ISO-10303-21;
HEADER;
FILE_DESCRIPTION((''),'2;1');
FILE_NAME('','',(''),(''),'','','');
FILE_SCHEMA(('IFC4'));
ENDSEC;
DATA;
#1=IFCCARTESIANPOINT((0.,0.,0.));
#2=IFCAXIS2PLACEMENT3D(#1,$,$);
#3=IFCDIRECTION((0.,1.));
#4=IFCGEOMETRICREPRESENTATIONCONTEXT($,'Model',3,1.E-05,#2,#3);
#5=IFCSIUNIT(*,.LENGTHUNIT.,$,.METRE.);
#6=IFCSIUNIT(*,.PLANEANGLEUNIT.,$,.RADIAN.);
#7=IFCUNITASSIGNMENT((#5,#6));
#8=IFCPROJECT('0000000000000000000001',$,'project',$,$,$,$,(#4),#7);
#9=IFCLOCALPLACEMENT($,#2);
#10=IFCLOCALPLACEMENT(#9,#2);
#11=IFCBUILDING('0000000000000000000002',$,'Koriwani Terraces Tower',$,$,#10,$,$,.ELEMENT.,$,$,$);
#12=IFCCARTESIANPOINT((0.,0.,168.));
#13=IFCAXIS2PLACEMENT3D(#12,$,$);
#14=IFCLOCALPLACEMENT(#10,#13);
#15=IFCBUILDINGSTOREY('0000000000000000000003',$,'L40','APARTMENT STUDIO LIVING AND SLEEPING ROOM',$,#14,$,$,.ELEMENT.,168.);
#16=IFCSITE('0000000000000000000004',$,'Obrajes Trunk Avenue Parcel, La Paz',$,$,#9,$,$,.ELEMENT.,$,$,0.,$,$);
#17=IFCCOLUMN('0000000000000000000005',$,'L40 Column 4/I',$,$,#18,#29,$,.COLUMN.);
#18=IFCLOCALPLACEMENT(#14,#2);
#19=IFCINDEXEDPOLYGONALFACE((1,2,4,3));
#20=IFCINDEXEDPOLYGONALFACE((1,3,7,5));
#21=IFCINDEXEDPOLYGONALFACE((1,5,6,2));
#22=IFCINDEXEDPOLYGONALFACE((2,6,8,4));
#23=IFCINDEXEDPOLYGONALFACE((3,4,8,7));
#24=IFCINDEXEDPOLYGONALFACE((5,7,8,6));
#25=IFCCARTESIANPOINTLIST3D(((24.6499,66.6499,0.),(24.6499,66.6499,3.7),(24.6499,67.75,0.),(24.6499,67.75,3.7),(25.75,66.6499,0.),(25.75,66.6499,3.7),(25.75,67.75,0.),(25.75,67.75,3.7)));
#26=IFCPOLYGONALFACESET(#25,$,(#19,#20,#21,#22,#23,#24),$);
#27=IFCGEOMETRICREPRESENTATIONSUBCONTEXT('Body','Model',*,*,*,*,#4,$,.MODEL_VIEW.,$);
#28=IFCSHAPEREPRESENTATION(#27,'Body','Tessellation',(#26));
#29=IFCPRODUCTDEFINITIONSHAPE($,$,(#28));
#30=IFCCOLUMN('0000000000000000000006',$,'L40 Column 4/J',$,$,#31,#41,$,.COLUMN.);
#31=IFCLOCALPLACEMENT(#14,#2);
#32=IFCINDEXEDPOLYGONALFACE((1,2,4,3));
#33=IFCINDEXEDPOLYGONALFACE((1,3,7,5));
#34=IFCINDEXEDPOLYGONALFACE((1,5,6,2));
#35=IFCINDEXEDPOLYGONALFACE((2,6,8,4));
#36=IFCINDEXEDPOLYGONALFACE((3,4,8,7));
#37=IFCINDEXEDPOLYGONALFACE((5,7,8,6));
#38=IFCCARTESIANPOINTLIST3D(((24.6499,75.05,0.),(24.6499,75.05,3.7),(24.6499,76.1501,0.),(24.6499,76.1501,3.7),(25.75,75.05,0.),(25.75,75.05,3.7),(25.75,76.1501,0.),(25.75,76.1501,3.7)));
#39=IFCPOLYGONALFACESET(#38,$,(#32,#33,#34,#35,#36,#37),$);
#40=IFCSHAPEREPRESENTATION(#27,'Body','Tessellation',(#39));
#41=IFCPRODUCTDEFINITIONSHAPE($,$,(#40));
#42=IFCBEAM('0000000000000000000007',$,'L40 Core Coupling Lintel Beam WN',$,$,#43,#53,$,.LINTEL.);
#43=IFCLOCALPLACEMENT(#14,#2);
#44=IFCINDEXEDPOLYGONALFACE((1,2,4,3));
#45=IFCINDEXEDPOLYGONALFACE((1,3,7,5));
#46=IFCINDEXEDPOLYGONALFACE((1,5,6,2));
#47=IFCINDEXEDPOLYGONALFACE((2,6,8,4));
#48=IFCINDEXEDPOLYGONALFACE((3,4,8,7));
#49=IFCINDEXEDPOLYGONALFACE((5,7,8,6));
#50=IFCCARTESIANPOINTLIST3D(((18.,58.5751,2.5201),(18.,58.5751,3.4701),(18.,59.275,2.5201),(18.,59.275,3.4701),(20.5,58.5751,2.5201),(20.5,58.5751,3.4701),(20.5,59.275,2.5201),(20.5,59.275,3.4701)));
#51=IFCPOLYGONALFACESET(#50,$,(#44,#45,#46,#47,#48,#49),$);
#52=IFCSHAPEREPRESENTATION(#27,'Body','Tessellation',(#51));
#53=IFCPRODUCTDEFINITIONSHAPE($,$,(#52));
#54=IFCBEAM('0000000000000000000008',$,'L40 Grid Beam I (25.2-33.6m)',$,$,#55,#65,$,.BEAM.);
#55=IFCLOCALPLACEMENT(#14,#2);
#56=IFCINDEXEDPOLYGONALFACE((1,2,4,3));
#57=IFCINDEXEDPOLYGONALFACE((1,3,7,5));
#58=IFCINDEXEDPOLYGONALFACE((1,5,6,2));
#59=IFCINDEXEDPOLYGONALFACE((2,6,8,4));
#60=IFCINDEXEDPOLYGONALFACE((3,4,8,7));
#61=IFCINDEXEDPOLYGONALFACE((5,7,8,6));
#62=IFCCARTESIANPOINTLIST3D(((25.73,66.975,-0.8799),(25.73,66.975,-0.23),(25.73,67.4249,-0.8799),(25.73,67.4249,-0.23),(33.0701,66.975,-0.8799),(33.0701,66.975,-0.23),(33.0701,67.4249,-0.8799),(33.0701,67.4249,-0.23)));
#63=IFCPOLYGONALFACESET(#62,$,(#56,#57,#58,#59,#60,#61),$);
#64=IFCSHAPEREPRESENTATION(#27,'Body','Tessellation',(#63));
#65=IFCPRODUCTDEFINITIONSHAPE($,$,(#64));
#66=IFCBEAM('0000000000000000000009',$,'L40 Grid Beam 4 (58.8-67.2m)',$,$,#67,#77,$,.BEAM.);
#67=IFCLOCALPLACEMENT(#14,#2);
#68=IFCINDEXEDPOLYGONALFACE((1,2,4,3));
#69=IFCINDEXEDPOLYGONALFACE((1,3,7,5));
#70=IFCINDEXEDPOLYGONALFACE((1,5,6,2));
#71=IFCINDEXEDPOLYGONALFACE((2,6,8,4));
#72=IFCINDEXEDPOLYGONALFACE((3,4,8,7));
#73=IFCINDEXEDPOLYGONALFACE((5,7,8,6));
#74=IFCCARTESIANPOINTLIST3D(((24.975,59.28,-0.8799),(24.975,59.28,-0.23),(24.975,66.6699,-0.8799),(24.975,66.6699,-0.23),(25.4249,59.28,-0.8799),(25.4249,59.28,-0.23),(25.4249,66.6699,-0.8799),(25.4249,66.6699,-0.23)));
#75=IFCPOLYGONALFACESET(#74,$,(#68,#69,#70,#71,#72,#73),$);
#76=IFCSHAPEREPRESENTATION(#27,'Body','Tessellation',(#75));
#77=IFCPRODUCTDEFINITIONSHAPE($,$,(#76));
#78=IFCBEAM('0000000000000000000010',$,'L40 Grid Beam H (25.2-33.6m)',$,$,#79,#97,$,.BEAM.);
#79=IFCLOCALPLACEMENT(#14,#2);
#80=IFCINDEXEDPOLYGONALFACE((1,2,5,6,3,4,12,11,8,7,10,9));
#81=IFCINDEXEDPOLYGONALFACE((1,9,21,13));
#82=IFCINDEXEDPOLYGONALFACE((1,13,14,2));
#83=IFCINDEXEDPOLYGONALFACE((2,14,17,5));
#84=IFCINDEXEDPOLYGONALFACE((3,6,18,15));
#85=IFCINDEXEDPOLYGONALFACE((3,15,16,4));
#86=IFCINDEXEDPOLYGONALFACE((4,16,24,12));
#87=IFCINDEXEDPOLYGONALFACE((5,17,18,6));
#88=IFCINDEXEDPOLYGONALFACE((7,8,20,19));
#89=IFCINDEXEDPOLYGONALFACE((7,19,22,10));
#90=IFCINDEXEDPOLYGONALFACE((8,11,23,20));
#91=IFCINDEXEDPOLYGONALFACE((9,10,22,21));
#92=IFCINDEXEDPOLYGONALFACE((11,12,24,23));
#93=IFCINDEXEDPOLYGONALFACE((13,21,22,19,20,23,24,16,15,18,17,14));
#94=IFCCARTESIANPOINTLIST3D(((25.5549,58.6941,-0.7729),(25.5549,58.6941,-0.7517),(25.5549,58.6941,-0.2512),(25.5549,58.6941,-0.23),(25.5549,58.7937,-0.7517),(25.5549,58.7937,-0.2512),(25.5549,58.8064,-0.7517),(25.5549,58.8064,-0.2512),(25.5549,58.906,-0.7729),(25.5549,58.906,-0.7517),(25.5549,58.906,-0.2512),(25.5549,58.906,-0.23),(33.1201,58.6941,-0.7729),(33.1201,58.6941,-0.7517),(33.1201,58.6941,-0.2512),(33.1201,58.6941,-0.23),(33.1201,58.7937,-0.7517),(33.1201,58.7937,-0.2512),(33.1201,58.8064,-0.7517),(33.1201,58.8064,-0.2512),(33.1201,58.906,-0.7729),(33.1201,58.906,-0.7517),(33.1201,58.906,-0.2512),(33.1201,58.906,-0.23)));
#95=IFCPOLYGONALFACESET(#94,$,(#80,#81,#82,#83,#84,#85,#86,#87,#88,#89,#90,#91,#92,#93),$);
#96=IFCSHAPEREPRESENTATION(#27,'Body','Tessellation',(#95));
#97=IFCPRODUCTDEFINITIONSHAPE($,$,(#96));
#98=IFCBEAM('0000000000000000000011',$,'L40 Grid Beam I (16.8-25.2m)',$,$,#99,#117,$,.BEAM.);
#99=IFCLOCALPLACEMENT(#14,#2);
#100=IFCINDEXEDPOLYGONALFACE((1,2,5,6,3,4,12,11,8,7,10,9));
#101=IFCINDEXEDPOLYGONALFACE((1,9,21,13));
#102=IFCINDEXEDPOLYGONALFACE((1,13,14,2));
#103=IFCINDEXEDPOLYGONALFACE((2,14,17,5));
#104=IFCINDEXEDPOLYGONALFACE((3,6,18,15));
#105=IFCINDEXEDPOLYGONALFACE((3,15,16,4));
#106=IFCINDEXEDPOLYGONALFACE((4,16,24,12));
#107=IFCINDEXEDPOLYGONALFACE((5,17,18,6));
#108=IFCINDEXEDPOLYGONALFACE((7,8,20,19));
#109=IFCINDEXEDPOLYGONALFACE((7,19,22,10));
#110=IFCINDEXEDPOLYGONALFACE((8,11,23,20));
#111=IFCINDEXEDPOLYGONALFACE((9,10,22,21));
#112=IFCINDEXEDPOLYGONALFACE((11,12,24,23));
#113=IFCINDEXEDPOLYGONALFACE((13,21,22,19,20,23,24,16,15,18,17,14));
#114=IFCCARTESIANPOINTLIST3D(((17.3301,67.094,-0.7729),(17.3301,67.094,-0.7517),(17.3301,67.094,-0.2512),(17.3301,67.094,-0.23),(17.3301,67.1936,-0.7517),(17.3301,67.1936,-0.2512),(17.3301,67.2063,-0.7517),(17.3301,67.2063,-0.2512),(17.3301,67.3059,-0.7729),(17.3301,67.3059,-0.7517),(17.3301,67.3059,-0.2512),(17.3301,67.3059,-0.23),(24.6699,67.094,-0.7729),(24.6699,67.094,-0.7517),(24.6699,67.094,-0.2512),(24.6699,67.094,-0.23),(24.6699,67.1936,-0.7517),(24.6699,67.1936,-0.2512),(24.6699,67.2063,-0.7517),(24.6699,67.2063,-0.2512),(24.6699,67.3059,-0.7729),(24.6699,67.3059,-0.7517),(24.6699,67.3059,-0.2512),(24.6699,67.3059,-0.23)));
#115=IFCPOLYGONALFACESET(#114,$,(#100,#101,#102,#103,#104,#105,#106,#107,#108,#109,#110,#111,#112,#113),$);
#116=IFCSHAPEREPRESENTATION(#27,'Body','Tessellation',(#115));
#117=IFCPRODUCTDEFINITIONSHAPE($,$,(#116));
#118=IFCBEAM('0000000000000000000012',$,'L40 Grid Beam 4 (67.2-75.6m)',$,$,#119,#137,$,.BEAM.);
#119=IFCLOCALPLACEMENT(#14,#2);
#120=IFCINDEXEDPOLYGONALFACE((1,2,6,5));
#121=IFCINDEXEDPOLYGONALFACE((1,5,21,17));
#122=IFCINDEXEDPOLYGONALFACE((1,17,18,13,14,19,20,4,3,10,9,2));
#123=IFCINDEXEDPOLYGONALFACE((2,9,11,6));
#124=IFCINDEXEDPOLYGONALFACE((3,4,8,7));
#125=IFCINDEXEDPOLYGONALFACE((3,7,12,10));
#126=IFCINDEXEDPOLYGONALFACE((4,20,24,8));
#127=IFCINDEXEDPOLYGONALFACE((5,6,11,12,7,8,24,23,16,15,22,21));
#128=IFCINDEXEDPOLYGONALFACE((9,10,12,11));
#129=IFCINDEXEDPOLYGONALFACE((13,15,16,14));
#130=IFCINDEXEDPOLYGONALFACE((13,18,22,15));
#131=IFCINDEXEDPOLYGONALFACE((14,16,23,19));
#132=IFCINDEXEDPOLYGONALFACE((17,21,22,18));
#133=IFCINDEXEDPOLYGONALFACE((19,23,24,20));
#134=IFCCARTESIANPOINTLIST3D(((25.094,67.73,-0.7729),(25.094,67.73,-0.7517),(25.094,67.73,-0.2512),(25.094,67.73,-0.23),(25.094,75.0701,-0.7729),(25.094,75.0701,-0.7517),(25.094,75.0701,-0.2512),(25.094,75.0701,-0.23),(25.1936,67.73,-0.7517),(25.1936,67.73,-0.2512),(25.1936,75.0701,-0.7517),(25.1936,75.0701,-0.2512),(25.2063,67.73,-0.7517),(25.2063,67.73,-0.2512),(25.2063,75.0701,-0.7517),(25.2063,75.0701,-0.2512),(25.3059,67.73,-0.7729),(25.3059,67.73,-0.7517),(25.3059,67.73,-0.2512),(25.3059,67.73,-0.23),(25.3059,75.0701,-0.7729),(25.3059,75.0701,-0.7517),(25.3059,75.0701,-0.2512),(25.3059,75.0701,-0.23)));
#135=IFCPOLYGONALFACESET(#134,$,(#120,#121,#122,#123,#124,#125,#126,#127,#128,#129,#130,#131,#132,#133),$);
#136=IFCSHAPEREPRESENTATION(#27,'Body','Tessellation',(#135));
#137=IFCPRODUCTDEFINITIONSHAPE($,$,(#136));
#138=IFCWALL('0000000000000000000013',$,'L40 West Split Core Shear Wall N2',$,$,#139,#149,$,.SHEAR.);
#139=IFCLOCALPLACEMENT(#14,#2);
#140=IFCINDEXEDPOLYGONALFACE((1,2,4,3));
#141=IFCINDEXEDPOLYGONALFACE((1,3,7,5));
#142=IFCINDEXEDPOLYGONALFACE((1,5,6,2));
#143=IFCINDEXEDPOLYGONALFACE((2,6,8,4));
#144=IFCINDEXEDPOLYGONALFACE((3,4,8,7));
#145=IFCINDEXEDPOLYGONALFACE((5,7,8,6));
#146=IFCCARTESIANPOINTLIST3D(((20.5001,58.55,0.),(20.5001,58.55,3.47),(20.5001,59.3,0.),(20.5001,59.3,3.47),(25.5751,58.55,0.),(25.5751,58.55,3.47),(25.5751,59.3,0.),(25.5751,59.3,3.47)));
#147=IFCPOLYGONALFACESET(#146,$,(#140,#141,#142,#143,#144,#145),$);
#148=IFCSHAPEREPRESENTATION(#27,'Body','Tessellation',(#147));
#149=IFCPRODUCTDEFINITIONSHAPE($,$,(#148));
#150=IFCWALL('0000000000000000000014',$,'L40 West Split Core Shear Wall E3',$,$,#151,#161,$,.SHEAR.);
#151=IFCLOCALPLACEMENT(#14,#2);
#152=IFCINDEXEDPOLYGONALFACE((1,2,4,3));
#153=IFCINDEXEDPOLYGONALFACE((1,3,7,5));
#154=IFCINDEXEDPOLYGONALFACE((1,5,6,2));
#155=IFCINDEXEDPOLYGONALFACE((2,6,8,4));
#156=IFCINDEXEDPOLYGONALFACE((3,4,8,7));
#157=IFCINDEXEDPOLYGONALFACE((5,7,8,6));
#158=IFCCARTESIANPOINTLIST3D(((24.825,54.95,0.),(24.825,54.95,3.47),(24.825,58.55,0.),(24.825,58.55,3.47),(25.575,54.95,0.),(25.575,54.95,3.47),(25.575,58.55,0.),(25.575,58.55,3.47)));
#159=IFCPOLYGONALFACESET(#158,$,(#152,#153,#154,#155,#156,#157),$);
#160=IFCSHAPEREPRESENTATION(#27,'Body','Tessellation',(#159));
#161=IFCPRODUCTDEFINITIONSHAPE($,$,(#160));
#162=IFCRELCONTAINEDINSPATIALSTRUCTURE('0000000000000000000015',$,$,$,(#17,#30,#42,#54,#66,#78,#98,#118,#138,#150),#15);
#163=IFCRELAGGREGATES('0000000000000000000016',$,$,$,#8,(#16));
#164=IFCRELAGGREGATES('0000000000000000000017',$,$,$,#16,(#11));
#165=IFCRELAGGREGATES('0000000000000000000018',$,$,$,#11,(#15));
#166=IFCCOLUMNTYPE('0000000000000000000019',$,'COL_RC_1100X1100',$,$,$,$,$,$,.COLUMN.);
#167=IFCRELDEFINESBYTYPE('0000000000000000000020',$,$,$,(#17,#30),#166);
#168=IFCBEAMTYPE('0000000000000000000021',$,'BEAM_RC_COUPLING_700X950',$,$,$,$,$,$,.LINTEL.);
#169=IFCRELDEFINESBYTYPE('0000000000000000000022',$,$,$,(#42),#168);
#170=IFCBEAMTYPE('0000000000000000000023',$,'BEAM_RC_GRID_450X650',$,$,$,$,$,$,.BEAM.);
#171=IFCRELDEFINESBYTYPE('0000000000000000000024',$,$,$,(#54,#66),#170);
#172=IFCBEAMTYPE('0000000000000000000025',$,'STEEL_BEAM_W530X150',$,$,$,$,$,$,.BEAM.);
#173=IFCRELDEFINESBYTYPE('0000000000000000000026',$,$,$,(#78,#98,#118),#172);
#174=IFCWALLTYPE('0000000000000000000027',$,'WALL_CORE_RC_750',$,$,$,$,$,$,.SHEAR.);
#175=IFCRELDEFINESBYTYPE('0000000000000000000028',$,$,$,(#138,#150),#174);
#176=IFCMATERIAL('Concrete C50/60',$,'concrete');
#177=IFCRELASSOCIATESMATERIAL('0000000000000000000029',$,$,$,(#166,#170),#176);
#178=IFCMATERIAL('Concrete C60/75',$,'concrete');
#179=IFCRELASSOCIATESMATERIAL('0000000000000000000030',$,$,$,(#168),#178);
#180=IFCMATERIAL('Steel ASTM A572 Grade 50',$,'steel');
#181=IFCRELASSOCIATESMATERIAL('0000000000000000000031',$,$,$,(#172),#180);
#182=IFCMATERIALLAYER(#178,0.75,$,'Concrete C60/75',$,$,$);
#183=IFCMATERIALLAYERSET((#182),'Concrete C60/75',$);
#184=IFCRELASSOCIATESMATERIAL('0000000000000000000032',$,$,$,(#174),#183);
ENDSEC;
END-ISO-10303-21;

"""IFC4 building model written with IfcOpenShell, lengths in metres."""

from ifc_helpers import new_model, si_unit, direction, frame, frame_2d, origin, origin_2d, place, context, subcontext, project, spatial, rectangle, i_section, extrude, material, layer, layer_set, material_profile, profile_set, type_object, element, save


model = new_model("IFC4")

# Units and contexts
model_context = context("Model", 3, precision=1e-05, world=origin(), true_north=direction((0.0, 1.0)))
body_context = subcontext(model_context, "Body", "Model", "MODEL_VIEW")
ifc_project = project(units=[si_unit("LENGTHUNIT", "METRE"), si_unit("PLANEANGLEUNIT", "RADIAN")], contexts=[model_context])

# Site, building, storey
site_placement = place(None, origin())
site = spatial("IfcSite", under=ifc_project, at=site_placement, Name="Obrajes Trunk Avenue Parcel, La Paz", CompositionType="ELEMENT", RefElevation=0.0)
building_placement = place(site_placement, origin())
building = spatial("IfcBuilding", under=site, at=building_placement, Name="Koriwani Terraces Tower", CompositionType="ELEMENT")
storey_placement = place(building_placement, frame((0.0, 0.0, 168.0)))
storey = spatial("IfcBuildingStorey", under=building, at=storey_placement, Name="L40", Description="APARTMENT STUDIO LIVING AND SLEEPING ROOM", CompositionType="ELEMENT", Elevation=168.0)

# Columns
ifc_material_1 = material(Name="Concrete C50/60", Category="concrete")
ifc_material_profile_1 = material_profile(ifc_material_1, rectangle(XDim=1.1001, YDim=1.1001, at=origin_2d()), Name="Concrete C50/60", Category="LoadBearing")
ifc_profile_set_1 = profile_set([ifc_material_profile_1], Name="Concrete C50/60")
column_type = type_object("IfcColumnType", Name="COL_RC_1100X1100", PredefinedType="COLUMN", material=ifc_profile_set_1)
for number, where, z_axis, x_axis, name in (
    (1, (25.2, 67.2, 0.0), (0.0, 0.0, 1.0), (1.0, 0.0, 0.0), "L40 Column 4/I"),
    (2, (25.2, 75.6001, 0.0), (0.0, 0.0, 1.0), (1.0, 0.0, 0.0), "L40 Column 4/J"),
):
    element("IfcColumn", number, at=place(storey_placement, frame(where, z_axis=z_axis, x_axis=x_axis)), inside=storey, type_object=column_type, Name=name, PredefinedType="COLUMN", context=body_context, shape_type="SweptSolid", body=[
        extrude(rectangle(XDim=1.1001, YDim=1.1001, at=origin_2d()), origin(), (0.0, 0.0, 1.0), 3.7),
    ])

# Beams
ifc_material_2 = material(Name="Concrete C60/75", Category="concrete")
ifc_material_profile_2 = material_profile(ifc_material_2, rectangle(XDim=0.7, YDim=0.95, at=origin_2d()), Name="Concrete C60/75", Category="LoadBearing")
ifc_profile_set_2 = profile_set([ifc_material_profile_2], Name="Concrete C60/75")
beam_type_1 = type_object("IfcBeamType", Name="BEAM_RC_COUPLING_700X950", PredefinedType="LINTEL", material=ifc_profile_set_2)
beam_1_placement = place(storey_placement, frame((18.0, 58.925, 2.9951), z_axis=(1.0, 0.0, 0.0), x_axis=(0.0, 1.0, 0.0)))
element("IfcBeam", 3, at=beam_1_placement, inside=storey, type_object=beam_type_1, Name="L40 Core Coupling Lintel Beam WN", PredefinedType="LINTEL", context=body_context, shape_type="SweptSolid", body=[
    extrude(rectangle(XDim=0.7, YDim=0.95, at=origin_2d()), origin(), (0.0, 0.0, 1.0), 2.5),
])
ifc_material_profile_3 = material_profile(ifc_material_1, rectangle(XDim=0.45, YDim=0.6499, at=origin_2d()), Name="Concrete C50/60", Category="LoadBearing")
ifc_profile_set_3 = profile_set([ifc_material_profile_3], Name="Concrete C50/60")
beam_type_2 = type_object("IfcBeamType", Name="BEAM_RC_GRID_450X650", PredefinedType="BEAM", material=ifc_profile_set_3)
beam_2_placement = place(storey_placement, frame((25.73, 67.2, -0.5549), z_axis=(1.0, 0.0, 0.0), x_axis=(0.0, 1.0, 0.0)))
element("IfcBeam", 4, at=beam_2_placement, inside=storey, type_object=beam_type_2, Name="L40 Grid Beam I (25.2-33.6m)", PredefinedType="BEAM", context=body_context, shape_type="SweptSolid", body=[
    extrude(rectangle(XDim=0.45, YDim=0.6499, at=origin_2d()), origin(), (0.0, 0.0, 1.0), 7.3401),
])
beam_3_placement = place(storey_placement, frame((25.2, 59.28, -0.5549), z_axis=(0.0, 1.0, 0.0), x_axis=(-1.0, 0.0, 0.0)))
element("IfcBeam", 5, at=beam_3_placement, inside=storey, type_object=beam_type_2, Name="L40 Grid Beam 4 (58.8-67.2m)", PredefinedType="BEAM", context=body_context, shape_type="SweptSolid", body=[
    extrude(rectangle(XDim=0.45, YDim=0.6499, at=origin_2d()), origin(), (0.0, 0.0, 1.0), 7.3899),
])
ifc_material_3 = material(Name="Steel ASTM A572 Grade 50", Category="steel")
ifc_material_profile_4 = material_profile(ifc_material_3, i_section(OverallWidth=0.2119, OverallDepth=0.543, WebThickness=0.0127, FlangeThickness=0.0212, at=origin_2d()), Name="Steel ASTM A572 Grade 50", Category="LoadBearing")
ifc_profile_set_4 = profile_set([ifc_material_profile_4], Name="Steel ASTM A572 Grade 50")
beam_type_3 = type_object("IfcBeamType", Name="STEEL_BEAM_W530X150", PredefinedType="BEAM", material=ifc_profile_set_4)
beam_4_placement = place(storey_placement, frame((25.5549, 58.8, -0.5015), z_axis=(1.0, 0.0, 0.0), x_axis=(0.0, 1.0, 0.0)))
element("IfcBeam", 6, at=beam_4_placement, inside=storey, type_object=beam_type_3, Name="L40 Grid Beam H (25.2-33.6m)", PredefinedType="BEAM", context=body_context, shape_type="SweptSolid", body=[
    extrude(i_section(OverallWidth=0.2119, OverallDepth=0.543, WebThickness=0.0127, FlangeThickness=0.0212, at=origin_2d()), origin(), (0.0, 0.0, 1.0), 7.5652),
])
beam_5_placement = place(storey_placement, frame((17.3301, 67.2, -0.5015), z_axis=(1.0, 0.0, 0.0), x_axis=(0.0, 1.0, 0.0)))
element("IfcBeam", 7, at=beam_5_placement, inside=storey, type_object=beam_type_3, Name="L40 Grid Beam I (16.8-25.2m)", PredefinedType="BEAM", context=body_context, shape_type="SweptSolid", body=[
    extrude(i_section(OverallWidth=0.2119, OverallDepth=0.543, WebThickness=0.0127, FlangeThickness=0.0212, at=origin_2d()), origin(), (0.0, 0.0, 1.0), 7.3398),
])
beam_6_placement = place(storey_placement, frame((25.2, 67.73, -0.5015), z_axis=(0.0, 1.0, 0.0), x_axis=(-1.0, 0.0, 0.0)))
element("IfcBeam", 8, at=beam_6_placement, inside=storey, type_object=beam_type_3, Name="L40 Grid Beam 4 (67.2-75.6m)", PredefinedType="BEAM", context=body_context, shape_type="SweptSolid", body=[
    extrude(i_section(OverallWidth=0.2119, OverallDepth=0.543, WebThickness=0.0127, FlangeThickness=0.0212, at=origin_2d()), origin(), (0.0, 0.0, 1.0), 7.3401),
])

# Walls
ifc_layer_1 = layer(ifc_material_2, 0.75, Name="Concrete C60/75")
ifc_layer_set_1 = layer_set([ifc_layer_1], Name="Concrete C60/75")
wall_type_1 = type_object("IfcWallType", Name="WALL_CORE_RC_750", PredefinedType="SHEAR", material=ifc_layer_set_1)
wall_1_placement = place(storey_placement, frame((20.5, 58.925, 0.0), z_axis=(0.0, 0.0, 1.0), x_axis=(1.0, 0.0, 0.0)))
element("IfcWall", 9, at=wall_1_placement, inside=storey, type_object=wall_type_1, Name="L40 West Split Core Shear Wall N2", PredefinedType="SHEAR", context=body_context, shape_type="SweptSolid", body=[
    extrude(rectangle(XDim=5.075, YDim=0.75, at=frame_2d((2.5376, 0.0))), origin(), (0.0, 0.0, 1.0), 3.47),
])
wall_2_placement = place(storey_placement, frame((25.2, 54.95, 0.0), z_axis=(0.0, 0.0, 1.0), x_axis=(0.0, 1.0, 0.0)))
element("IfcWall", 10, at=wall_2_placement, inside=storey, type_object=wall_type_1, Name="L40 West Split Core Shear Wall E3", PredefinedType="SHEAR", context=body_context, shape_type="SweptSolid", body=[
    extrude(rectangle(XDim=3.6001, YDim=0.75, at=frame_2d((1.8, 0.0))), origin(), (0.0, 0.0, 1.0), 3.47),
])

save(model, "model.ifc")
